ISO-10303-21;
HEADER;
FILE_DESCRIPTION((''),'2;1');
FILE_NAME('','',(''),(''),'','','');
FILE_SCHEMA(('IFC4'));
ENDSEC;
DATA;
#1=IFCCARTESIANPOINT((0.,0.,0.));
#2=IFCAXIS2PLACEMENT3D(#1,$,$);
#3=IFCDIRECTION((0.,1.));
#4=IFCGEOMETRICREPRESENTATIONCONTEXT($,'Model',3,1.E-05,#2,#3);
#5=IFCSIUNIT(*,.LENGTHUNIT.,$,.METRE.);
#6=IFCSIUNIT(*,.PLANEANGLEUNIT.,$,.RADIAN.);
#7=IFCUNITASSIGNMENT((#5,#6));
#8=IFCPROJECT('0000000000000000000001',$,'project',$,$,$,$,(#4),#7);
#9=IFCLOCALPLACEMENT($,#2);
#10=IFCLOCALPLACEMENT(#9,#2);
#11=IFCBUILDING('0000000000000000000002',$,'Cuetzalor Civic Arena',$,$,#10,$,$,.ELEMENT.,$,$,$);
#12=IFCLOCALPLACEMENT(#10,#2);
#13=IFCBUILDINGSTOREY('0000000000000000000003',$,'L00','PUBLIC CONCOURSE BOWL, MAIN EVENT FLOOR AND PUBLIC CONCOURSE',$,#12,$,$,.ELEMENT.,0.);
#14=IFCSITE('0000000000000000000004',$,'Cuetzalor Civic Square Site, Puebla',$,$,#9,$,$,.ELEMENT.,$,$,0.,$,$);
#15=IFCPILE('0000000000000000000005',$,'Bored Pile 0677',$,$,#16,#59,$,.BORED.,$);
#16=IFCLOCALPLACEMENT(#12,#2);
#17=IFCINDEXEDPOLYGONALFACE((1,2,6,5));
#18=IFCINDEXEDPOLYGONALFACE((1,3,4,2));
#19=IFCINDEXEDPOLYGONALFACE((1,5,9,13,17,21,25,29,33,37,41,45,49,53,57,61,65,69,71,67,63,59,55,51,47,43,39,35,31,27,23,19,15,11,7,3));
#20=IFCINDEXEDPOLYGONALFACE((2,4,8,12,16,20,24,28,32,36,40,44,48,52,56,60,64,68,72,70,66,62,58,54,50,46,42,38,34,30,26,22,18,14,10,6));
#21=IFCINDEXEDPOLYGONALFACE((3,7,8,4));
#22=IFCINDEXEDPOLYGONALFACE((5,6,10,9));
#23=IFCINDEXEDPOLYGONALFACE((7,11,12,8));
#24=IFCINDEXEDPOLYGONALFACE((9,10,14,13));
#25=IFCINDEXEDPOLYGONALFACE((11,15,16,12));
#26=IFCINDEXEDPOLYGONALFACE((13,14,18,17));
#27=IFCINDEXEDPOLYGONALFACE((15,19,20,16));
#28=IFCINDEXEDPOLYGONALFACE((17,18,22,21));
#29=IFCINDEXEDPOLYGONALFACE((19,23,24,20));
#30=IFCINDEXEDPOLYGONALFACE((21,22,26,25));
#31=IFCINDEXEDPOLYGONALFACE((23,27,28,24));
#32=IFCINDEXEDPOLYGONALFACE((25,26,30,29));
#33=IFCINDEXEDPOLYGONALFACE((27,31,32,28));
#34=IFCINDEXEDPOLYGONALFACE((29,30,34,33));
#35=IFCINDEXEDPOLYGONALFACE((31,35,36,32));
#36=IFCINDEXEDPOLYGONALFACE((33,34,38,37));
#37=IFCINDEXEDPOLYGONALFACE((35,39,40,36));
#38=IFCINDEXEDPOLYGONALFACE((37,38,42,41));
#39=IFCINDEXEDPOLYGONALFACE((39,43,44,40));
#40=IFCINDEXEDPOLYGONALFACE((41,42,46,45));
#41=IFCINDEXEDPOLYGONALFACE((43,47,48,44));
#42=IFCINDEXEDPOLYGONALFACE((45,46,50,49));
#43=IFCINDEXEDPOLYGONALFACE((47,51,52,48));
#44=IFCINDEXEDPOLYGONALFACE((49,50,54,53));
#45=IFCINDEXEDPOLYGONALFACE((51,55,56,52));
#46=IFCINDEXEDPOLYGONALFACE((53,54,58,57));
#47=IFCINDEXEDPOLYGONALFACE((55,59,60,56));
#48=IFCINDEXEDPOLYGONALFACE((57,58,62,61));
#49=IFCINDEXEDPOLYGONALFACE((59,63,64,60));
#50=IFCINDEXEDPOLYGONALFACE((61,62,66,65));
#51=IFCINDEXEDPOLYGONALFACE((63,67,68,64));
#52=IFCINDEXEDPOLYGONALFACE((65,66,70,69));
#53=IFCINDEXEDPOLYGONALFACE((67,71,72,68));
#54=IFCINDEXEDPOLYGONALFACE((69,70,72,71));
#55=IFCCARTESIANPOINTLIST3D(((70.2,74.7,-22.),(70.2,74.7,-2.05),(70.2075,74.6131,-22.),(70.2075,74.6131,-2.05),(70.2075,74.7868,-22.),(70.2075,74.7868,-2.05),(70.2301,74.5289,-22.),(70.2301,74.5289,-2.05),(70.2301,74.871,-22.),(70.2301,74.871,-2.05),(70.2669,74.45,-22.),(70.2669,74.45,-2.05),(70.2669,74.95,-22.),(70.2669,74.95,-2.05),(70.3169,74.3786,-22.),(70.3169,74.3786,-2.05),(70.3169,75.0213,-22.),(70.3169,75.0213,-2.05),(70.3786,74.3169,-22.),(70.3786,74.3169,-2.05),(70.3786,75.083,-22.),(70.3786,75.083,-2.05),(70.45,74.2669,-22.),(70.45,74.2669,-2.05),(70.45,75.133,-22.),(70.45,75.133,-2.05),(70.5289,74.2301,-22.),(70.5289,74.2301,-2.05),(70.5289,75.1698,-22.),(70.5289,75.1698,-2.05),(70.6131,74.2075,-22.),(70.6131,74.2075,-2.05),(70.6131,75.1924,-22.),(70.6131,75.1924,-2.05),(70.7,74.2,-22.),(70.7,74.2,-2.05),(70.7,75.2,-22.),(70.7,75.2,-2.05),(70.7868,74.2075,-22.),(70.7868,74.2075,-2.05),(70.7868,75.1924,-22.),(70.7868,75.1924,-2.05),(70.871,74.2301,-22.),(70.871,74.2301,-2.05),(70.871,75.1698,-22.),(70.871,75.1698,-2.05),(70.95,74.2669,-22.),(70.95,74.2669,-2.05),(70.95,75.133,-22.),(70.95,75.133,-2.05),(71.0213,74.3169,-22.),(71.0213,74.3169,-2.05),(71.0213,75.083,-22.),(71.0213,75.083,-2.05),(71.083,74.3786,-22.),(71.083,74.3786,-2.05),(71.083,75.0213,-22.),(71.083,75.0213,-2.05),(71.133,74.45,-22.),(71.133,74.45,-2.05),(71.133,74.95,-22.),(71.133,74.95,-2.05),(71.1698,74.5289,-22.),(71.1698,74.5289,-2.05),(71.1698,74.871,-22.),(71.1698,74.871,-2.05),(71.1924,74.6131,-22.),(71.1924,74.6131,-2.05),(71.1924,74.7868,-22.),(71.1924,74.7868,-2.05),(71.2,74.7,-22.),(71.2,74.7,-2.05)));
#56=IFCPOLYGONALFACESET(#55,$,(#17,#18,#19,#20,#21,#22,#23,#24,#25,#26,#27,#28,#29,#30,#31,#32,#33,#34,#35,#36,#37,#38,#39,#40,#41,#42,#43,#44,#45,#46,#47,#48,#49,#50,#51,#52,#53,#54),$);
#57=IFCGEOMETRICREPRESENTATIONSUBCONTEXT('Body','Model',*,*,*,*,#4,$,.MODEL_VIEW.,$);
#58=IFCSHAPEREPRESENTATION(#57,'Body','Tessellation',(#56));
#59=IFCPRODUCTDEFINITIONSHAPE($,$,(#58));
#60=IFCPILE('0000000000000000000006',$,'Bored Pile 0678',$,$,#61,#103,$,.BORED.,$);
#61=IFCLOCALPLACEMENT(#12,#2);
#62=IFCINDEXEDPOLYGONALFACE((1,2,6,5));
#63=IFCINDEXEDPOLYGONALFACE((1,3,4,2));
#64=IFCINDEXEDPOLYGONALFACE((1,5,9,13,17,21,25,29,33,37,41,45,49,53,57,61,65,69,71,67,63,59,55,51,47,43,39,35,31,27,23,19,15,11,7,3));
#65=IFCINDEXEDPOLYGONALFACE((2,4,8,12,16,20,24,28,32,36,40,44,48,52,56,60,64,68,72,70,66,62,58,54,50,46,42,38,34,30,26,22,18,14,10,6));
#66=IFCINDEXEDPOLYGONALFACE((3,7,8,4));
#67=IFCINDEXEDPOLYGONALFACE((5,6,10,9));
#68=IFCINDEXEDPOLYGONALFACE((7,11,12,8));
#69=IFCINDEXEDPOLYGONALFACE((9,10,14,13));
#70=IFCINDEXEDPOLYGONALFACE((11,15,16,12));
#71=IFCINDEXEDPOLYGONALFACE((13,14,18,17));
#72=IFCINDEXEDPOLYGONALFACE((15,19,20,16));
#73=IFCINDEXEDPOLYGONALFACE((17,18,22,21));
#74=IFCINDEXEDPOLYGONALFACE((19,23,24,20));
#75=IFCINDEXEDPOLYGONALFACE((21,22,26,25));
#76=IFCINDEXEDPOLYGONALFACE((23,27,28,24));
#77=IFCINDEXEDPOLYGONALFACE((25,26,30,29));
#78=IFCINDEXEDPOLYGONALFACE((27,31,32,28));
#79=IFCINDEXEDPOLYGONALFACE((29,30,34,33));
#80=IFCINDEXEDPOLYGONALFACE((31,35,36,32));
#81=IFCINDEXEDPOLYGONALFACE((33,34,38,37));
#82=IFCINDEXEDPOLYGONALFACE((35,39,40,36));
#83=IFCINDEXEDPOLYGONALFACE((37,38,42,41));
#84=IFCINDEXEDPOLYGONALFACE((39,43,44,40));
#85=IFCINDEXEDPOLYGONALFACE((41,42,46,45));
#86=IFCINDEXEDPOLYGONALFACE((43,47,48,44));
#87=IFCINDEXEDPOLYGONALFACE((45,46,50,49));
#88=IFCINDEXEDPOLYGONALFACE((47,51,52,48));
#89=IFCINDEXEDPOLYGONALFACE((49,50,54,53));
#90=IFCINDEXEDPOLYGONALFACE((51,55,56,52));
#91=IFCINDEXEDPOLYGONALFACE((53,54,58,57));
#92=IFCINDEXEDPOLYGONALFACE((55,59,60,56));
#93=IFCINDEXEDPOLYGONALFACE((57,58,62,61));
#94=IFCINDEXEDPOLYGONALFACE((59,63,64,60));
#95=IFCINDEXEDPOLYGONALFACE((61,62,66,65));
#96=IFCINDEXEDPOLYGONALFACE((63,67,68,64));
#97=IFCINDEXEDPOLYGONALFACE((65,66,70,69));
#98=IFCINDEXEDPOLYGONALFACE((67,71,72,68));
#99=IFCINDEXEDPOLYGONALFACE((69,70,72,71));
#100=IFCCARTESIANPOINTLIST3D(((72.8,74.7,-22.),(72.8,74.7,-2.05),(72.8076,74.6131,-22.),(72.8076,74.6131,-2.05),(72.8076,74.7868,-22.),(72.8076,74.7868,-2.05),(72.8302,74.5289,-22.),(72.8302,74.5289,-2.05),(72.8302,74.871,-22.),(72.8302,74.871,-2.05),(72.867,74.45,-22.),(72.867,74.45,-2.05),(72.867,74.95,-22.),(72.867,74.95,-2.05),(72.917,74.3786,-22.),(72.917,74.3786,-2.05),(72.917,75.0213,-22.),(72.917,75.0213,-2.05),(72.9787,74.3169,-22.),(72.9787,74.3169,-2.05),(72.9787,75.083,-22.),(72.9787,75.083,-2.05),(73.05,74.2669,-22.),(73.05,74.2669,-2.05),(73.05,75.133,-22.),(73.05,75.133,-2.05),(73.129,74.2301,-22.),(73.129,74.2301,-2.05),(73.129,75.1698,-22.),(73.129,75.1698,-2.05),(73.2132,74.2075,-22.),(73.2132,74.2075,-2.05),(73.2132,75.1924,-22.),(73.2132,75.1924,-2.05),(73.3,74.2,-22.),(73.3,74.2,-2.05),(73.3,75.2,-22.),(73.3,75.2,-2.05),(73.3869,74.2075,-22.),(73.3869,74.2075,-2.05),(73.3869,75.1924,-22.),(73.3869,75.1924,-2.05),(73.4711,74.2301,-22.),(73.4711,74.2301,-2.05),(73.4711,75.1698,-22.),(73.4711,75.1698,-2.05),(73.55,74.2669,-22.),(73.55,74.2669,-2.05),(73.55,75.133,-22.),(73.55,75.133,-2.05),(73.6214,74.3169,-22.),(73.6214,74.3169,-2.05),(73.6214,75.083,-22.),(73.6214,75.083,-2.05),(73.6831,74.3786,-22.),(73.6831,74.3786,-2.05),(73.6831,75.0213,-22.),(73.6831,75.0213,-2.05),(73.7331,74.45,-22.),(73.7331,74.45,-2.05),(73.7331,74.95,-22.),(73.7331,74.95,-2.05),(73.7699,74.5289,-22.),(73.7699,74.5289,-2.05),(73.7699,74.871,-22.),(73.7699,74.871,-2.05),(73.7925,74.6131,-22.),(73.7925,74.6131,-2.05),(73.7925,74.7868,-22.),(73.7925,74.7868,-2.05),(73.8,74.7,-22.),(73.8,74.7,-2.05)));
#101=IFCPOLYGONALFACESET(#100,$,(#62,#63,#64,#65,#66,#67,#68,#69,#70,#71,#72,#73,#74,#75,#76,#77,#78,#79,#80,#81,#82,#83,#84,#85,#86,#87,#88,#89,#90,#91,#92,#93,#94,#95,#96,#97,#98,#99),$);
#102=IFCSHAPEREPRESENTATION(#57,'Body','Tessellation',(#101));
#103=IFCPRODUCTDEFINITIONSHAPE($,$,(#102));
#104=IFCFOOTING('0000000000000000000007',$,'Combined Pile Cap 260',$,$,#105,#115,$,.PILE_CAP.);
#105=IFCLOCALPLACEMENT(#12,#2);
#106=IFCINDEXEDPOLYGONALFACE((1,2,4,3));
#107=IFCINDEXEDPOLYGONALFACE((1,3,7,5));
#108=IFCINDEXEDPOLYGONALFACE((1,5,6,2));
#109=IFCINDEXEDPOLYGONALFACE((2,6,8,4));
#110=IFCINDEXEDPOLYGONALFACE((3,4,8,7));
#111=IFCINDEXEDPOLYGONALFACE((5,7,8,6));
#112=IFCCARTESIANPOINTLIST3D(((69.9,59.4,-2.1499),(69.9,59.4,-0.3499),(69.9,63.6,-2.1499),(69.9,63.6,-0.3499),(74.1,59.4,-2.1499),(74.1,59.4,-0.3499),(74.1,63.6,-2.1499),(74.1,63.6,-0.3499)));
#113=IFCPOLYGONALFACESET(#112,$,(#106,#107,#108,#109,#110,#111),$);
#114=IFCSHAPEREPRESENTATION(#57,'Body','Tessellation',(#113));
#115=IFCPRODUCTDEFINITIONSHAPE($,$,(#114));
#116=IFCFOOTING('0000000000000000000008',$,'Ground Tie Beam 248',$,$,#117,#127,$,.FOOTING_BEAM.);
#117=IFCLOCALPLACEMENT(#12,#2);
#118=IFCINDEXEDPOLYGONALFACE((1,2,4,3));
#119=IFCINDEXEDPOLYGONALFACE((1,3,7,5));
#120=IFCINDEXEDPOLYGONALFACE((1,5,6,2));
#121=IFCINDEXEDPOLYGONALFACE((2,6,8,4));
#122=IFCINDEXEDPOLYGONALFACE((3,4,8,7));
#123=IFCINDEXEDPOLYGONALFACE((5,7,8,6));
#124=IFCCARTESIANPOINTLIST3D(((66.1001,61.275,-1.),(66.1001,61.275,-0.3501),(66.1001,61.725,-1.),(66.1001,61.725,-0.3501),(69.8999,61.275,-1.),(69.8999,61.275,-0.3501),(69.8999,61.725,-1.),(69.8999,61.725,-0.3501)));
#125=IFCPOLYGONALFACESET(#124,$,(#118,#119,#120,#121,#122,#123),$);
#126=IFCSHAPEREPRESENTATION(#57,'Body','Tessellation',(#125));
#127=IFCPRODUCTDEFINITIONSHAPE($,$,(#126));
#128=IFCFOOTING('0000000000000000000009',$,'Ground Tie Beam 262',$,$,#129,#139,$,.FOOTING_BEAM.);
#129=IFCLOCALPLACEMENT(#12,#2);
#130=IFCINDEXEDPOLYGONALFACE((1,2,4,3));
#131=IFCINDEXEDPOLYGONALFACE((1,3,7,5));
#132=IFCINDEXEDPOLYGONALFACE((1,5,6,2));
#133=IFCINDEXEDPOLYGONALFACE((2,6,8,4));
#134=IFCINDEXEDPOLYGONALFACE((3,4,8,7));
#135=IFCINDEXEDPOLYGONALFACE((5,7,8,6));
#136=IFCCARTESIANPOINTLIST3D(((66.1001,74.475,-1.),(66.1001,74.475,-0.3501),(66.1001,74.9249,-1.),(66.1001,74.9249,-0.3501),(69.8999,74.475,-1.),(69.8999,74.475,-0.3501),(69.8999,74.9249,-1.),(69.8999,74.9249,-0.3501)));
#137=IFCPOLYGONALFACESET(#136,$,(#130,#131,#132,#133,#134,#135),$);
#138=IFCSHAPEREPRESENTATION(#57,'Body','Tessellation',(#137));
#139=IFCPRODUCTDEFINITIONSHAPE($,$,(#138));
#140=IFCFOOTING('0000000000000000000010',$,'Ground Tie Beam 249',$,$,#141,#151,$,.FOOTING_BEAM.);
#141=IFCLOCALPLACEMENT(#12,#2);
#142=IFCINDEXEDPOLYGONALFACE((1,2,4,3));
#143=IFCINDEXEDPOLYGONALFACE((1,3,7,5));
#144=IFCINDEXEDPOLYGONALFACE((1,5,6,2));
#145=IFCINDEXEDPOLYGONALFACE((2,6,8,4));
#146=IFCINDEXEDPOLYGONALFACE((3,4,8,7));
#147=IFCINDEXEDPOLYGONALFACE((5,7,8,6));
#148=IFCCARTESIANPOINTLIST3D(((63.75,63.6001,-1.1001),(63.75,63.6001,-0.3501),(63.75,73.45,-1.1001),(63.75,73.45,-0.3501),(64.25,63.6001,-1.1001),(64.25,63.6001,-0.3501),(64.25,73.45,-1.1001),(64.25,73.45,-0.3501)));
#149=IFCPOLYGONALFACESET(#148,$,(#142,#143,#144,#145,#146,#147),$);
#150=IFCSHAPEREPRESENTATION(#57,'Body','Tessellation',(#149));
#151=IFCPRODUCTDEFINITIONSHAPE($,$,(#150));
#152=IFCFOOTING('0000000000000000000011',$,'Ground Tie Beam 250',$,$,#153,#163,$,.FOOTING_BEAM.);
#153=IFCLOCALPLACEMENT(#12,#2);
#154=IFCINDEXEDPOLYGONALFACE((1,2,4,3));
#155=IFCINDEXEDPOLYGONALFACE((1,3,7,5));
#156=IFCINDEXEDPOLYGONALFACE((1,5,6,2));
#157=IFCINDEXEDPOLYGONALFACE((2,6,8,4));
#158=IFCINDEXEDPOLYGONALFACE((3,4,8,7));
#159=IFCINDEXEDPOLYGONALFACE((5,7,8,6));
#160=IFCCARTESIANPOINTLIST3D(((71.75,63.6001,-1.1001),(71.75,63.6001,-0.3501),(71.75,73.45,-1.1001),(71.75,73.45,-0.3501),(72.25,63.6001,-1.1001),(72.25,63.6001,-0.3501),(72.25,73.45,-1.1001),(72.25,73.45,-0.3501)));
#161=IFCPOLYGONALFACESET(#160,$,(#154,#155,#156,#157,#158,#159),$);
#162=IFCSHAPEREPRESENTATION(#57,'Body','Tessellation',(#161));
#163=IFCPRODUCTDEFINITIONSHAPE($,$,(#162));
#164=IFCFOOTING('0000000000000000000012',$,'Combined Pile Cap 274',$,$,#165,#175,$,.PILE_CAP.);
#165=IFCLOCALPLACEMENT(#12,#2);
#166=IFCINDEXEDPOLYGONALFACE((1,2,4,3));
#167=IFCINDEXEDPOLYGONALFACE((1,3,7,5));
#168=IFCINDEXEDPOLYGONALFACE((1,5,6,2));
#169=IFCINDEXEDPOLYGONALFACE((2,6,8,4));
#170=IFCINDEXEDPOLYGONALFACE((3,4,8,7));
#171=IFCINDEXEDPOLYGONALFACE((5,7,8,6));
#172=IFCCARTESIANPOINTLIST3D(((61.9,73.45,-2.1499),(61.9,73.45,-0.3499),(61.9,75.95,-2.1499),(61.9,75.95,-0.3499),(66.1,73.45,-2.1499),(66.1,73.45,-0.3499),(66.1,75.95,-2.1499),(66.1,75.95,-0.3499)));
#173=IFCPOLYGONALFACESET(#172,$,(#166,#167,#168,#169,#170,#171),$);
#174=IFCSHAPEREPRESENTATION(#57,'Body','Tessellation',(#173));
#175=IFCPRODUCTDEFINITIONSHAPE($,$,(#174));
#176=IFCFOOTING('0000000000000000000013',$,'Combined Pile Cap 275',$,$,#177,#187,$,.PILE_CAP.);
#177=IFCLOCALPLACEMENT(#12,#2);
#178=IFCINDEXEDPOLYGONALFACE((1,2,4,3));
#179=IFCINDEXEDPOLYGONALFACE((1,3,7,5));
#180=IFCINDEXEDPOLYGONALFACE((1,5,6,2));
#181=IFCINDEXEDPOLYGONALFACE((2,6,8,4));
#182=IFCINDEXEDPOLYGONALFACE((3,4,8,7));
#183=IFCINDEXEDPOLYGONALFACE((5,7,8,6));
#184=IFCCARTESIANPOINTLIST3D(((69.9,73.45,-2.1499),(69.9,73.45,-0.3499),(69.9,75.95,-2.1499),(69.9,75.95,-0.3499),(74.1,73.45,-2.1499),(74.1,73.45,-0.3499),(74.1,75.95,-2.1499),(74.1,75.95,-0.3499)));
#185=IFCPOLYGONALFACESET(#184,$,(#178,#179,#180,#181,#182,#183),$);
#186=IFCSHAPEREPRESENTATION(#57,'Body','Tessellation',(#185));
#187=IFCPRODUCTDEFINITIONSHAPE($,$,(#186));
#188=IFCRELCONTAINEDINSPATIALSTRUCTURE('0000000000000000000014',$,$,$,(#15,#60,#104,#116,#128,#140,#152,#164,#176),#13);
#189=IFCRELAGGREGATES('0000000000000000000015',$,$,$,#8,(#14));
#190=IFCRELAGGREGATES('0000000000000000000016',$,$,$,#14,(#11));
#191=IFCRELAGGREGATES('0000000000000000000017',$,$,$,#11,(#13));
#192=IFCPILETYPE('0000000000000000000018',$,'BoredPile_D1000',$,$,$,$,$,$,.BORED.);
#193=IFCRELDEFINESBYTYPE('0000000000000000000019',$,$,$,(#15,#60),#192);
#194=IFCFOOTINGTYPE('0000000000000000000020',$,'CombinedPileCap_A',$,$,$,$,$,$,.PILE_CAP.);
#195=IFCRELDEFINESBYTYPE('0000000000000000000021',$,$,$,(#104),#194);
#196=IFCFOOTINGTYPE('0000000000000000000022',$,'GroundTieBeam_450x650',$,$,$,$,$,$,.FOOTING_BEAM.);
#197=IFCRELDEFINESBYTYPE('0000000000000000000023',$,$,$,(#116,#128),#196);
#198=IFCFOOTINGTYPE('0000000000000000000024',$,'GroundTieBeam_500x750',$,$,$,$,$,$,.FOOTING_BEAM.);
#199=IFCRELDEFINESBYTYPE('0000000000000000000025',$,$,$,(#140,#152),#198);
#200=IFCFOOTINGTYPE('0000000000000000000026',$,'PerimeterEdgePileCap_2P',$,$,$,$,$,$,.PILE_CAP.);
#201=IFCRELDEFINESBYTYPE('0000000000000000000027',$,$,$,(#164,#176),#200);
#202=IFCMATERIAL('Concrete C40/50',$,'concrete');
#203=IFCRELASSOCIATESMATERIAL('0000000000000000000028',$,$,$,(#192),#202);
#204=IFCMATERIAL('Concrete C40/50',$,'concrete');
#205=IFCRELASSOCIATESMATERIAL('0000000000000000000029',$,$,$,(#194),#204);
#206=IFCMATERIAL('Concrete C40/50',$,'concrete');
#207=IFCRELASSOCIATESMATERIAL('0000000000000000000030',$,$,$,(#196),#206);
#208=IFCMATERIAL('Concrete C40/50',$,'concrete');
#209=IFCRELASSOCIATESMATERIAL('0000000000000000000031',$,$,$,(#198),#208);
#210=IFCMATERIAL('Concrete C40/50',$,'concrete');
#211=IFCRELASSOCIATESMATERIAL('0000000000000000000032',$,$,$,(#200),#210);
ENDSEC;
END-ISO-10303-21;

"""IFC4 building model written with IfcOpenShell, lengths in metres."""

from ifc_helpers import new_model, si_unit, direction, frame, origin, origin_2d, place, context, subcontext, project, spatial, rectangle, circle, extrude, material, material_profile, profile_set, type_object, element, save


model = new_model("IFC4")

# Units and contexts
model_context = context("Model", 3, precision=1e-05, world=origin(), true_north=direction((0.0, 1.0)))
body_context = subcontext(model_context, "Body", "Model", "MODEL_VIEW")
ifc_project = project(units=[si_unit("LENGTHUNIT", "METRE"), si_unit("PLANEANGLEUNIT", "RADIAN")], contexts=[model_context])

# Site, building, storey
site_placement = place(None, origin())
site = spatial("IfcSite", under=ifc_project, at=site_placement, Name="Cuetzalor Civic Square Site, Puebla", CompositionType="ELEMENT", RefElevation=0.0)
building_placement = place(site_placement, origin())
building = spatial("IfcBuilding", under=site, at=building_placement, Name="Cuetzalor Civic Arena", CompositionType="ELEMENT")
storey_placement = place(building_placement, origin())
storey = spatial("IfcBuildingStorey", under=building, at=storey_placement, Name="L00", Description="PUBLIC CONCOURSE BOWL, MAIN EVENT FLOOR AND PUBLIC CONCOURSE", CompositionType="ELEMENT", Elevation=0.0)

# Piles
ifc_material_1 = material(Name="Concrete C40/50", Category="concrete")
ifc_material_profile_1 = material_profile(ifc_material_1, circle(Radius=0.5, at=origin_2d()), Name="BORED PILE D1000")
ifc_profile_set_1 = profile_set([ifc_material_profile_1], Name="Concrete C40/50")
pile_type = type_object("IfcPileType", Name="BoredPile_D1000", PredefinedType="BORED", material=ifc_profile_set_1)
for number, where, z_axis, x_axis, name in (
    (1, (70.7, 74.7, -2.05), (0.0, 0.0, -1.0), (1.0, 0.0, 0.0), "Bored Pile 0677"),
    (2, (73.3, 74.7, -2.05), (0.0, 0.0, -1.0), (1.0, 0.0, 0.0), "Bored Pile 0678"),
):
    element("IfcPile", number, at=place(storey_placement, frame(where, z_axis=z_axis, x_axis=x_axis)), inside=storey, type_object=pile_type, Name=name, PredefinedType="BORED", context=body_context, shape_type="SweptSolid", body=[
        extrude(circle(Radius=0.5, at=origin_2d()), origin(), (0.0, 0.0, 1.0), 19.95),
    ])

# Footings
ifc_material_2 = material(Name="Concrete C40/50", Category="concrete")
footing_type_1 = type_object("IfcFootingType", Name="CombinedPileCap_A", PredefinedType="PILE_CAP", material=ifc_material_2)
footing_placement = place(storey_placement, frame((72.0, 61.5, -2.1499), z_axis=(0.0, 0.0, 1.0), x_axis=(1.0, 0.0, 0.0)))
element("IfcFooting", 3, at=footing_placement, inside=storey, type_object=footing_type_1, Name="Combined Pile Cap 260", PredefinedType="PILE_CAP", context=body_context, shape_type="SweptSolid", body=[
    extrude(rectangle(XDim=4.2, YDim=4.2, at=origin_2d()), origin(), (0.0, 0.0, 1.0), 1.8),
])
ifc_material_3 = material(Name="Concrete C40/50", Category="concrete")
ifc_material_profile_2 = material_profile(ifc_material_3, rectangle(XDim=0.45, YDim=0.6499, at=origin_2d()), Name="RC 450x650")
ifc_profile_set_2 = profile_set([ifc_material_profile_2], Name="Concrete C40/50")
footing_type_2 = type_object("IfcFootingType", Name="GroundTieBeam_450x650", PredefinedType="FOOTING_BEAM", material=ifc_profile_set_2)
for number, where, z_axis, x_axis, name in (
    (4, (66.1001, 61.5, -0.675), (1.0, 0.0, 0.0), (0.0, 1.0, 0.0), "Ground Tie Beam 248"),
    (5, (66.1001, 74.7, -0.675), (1.0, 0.0, 0.0), (0.0, 1.0, 0.0), "Ground Tie Beam 262"),
):
    element("IfcFooting", number, at=place(storey_placement, frame(where, z_axis=z_axis, x_axis=x_axis)), inside=storey, type_object=footing_type_2, Name=name, PredefinedType="FOOTING_BEAM", context=body_context, shape_type="SweptSolid", body=[
        extrude(rectangle(XDim=0.45, YDim=0.6499, at=origin_2d()), origin(), (0.0, 0.0, 1.0), 3.7998),
    ])
ifc_material_4 = material(Name="Concrete C40/50", Category="concrete")
ifc_material_profile_3 = material_profile(ifc_material_4, rectangle(XDim=0.5, YDim=0.75, at=origin_2d()), Name="RC 500x750")
ifc_profile_set_3 = profile_set([ifc_material_profile_3], Name="Concrete C40/50")
footing_type_3 = type_object("IfcFootingType", Name="GroundTieBeam_500x750", PredefinedType="FOOTING_BEAM", material=ifc_profile_set_3)
for number, where, z_axis, x_axis, name in (
    (6, (64.0, 63.6001, -0.7251), (0.0, 1.0, 0.0), (-1.0, 0.0, 0.0), "Ground Tie Beam 249"),
    (7, (72.0, 63.6001, -0.7251), (0.0, 1.0, 0.0), (-1.0, 0.0, 0.0), "Ground Tie Beam 250"),
):
    element("IfcFooting", number, at=place(storey_placement, frame(where, z_axis=z_axis, x_axis=x_axis)), inside=storey, type_object=footing_type_3, Name=name, PredefinedType="FOOTING_BEAM", context=body_context, shape_type="SweptSolid", body=[
        extrude(rectangle(XDim=0.5, YDim=0.75, at=origin_2d()), origin(), (0.0, 0.0, 1.0), 9.8499),
    ])
ifc_material_5 = material(Name="Concrete C40/50", Category="concrete")
footing_type_4 = type_object("IfcFootingType", Name="PerimeterEdgePileCap_2P", PredefinedType="PILE_CAP", material=ifc_material_5)
for number, where, z_axis, x_axis, name in (
    (8, (64.0, 74.7, -2.1499), (0.0, 0.0, 1.0), (1.0, 0.0, 0.0), "Combined Pile Cap 274"),
    (9, (72.0, 74.7, -2.1499), (0.0, 0.0, 1.0), (1.0, 0.0, 0.0), "Combined Pile Cap 275"),
):
    element("IfcFooting", number, at=place(storey_placement, frame(where, z_axis=z_axis, x_axis=x_axis)), inside=storey, type_object=footing_type_4, Name=name, PredefinedType="PILE_CAP", context=body_context, shape_type="SweptSolid", body=[
        extrude(rectangle(XDim=4.2, YDim=2.5, at=origin_2d()), origin(), (0.0, 0.0, 1.0), 1.8),
    ])

save(model, "model.ifc")
